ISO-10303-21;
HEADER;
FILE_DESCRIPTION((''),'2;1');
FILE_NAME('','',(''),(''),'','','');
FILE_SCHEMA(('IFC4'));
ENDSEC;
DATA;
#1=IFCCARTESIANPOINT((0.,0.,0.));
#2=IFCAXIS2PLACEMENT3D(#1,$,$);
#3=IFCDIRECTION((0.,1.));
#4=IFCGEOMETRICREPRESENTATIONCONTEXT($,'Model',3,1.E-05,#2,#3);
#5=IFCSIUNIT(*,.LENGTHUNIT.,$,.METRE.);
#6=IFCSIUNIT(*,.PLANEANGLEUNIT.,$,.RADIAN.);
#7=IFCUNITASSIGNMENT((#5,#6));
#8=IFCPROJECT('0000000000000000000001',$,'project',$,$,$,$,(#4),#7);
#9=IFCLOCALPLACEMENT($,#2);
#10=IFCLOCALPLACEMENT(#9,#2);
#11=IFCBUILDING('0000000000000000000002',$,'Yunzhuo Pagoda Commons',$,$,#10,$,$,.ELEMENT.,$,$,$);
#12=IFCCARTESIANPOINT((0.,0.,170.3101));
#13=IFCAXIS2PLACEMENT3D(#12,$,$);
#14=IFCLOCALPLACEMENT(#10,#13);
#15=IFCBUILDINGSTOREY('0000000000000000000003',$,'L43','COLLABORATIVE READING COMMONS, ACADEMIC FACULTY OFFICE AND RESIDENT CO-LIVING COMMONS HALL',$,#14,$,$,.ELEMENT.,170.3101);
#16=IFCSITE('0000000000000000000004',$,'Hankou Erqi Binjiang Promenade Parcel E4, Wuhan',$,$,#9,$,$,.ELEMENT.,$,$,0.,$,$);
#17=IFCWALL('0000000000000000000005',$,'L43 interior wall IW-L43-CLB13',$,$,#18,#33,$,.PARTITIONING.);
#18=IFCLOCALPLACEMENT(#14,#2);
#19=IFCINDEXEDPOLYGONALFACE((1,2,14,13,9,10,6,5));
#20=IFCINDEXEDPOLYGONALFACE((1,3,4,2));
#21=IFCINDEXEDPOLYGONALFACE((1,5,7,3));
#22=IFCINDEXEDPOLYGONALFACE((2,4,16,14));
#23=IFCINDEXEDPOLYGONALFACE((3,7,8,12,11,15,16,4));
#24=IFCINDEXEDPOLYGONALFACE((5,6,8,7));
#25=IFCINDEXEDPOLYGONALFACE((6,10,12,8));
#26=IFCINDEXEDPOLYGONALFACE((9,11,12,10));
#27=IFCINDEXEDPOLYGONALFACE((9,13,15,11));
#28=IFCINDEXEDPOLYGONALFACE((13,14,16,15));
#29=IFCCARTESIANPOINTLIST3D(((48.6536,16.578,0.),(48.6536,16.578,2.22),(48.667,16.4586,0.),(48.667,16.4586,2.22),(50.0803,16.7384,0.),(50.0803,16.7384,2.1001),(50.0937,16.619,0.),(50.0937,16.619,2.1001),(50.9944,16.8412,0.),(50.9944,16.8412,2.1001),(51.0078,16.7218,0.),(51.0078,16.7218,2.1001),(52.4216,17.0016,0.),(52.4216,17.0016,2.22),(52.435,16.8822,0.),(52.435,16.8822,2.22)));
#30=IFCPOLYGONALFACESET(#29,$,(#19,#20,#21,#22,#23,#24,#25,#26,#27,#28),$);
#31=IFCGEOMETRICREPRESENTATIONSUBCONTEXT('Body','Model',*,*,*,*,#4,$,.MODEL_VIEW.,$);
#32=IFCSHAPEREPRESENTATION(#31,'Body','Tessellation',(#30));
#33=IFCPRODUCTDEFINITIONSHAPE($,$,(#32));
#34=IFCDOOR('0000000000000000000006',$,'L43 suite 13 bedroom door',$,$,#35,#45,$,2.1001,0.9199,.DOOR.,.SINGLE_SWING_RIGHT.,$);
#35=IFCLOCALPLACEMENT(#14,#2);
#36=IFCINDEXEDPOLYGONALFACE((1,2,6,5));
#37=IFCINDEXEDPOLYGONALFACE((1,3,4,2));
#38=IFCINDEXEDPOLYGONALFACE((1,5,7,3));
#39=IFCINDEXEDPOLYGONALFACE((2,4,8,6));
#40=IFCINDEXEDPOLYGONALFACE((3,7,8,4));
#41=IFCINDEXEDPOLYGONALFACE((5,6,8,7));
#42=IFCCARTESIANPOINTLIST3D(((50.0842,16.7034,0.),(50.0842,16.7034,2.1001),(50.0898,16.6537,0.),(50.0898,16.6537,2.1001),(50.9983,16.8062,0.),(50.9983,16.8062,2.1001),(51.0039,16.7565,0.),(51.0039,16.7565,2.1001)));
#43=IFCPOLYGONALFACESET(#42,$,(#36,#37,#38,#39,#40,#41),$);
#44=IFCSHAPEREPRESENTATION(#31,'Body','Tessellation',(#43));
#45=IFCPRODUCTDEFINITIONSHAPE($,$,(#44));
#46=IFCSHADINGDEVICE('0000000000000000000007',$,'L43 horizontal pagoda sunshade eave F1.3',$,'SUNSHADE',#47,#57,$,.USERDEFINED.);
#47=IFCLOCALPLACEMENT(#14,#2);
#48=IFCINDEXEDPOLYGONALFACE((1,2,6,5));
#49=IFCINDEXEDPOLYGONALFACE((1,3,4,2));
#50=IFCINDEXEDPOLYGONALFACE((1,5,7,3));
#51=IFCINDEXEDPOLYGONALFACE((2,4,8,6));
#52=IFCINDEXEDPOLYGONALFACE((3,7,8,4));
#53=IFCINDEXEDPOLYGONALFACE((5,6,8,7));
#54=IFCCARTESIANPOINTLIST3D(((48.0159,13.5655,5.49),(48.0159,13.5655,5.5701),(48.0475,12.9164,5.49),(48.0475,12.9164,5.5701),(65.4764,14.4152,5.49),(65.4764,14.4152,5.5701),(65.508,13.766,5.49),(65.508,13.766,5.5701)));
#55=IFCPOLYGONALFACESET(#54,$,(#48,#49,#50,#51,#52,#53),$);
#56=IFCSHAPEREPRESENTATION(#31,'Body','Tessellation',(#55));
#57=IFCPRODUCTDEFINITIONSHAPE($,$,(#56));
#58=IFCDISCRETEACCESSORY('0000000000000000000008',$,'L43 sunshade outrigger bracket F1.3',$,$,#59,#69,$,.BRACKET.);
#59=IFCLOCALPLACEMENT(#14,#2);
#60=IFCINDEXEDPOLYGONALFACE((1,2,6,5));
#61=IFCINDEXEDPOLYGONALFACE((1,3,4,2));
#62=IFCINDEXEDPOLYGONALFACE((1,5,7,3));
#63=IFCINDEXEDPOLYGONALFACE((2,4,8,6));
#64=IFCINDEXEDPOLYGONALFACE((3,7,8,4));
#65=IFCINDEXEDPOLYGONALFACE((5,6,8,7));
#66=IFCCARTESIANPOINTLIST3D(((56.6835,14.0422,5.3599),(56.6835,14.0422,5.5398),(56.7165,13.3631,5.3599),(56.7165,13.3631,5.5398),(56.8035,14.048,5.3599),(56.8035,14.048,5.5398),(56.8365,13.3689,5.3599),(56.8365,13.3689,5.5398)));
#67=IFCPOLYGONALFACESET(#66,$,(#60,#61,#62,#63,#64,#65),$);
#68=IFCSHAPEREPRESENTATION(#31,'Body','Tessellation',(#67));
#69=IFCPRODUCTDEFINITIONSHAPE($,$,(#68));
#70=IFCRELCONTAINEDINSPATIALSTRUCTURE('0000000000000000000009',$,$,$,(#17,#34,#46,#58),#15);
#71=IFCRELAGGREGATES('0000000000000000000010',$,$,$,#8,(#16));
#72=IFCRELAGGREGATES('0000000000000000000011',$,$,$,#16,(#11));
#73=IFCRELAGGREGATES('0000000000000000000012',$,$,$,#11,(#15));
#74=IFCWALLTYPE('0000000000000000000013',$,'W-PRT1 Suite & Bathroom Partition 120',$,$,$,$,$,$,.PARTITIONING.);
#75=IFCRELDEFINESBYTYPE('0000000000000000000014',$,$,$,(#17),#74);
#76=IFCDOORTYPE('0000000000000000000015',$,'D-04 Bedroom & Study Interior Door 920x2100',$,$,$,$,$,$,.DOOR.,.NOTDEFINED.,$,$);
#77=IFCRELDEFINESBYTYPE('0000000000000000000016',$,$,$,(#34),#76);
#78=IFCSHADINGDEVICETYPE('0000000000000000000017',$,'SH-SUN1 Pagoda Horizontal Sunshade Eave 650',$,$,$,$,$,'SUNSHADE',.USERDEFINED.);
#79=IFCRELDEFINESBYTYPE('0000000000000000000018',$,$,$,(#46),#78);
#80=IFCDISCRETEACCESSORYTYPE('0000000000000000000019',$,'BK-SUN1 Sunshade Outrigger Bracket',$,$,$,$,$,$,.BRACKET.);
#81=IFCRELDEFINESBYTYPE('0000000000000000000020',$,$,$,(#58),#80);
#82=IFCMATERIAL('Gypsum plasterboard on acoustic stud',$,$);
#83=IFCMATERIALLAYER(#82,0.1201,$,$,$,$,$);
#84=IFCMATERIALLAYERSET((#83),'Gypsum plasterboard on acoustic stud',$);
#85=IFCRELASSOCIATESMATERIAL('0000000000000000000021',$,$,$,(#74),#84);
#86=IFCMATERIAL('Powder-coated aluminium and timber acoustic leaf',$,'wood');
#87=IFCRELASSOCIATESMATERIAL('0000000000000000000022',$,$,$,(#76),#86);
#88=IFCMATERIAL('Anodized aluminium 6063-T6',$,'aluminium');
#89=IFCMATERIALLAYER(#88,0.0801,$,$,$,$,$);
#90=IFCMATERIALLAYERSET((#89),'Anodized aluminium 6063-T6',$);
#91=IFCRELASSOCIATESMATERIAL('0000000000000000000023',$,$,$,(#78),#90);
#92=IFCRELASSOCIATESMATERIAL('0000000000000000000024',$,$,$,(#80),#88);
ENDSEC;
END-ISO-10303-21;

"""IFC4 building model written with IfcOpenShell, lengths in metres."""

from ifc_helpers import new_model, si_unit, direction, frame, frame_2d, origin, origin_with_axes, origin_2d, place, context, subcontext, project, spatial, rectangle, extrude, source, transform, mapped, material, layer, layer_set, type_object, element, fill, save


model = new_model("IFC4")

# Units and contexts
model_context = context("Model", 3, precision=1e-05, world=origin(), true_north=direction((0.0, 1.0)))
body_context = subcontext(model_context, "Body", "Model", "MODEL_VIEW")
ifc_project = project(units=[si_unit("LENGTHUNIT", "METRE"), si_unit("PLANEANGLEUNIT", "RADIAN")], contexts=[model_context])

# Site, building, storey
site_placement = place(None, origin())
site = spatial("IfcSite", under=ifc_project, at=site_placement, Name="Hankou Erqi Binjiang Promenade Parcel E4, Wuhan", CompositionType="ELEMENT", RefElevation=0.0)
building_placement = place(site_placement, origin())
building = spatial("IfcBuilding", under=site, at=building_placement, Name="Yunzhuo Pagoda Commons", CompositionType="ELEMENT")
storey_placement = place(building_placement, frame((0.0, 0.0, 170.3101)))
storey = spatial("IfcBuildingStorey", under=building, at=storey_placement, Name="L43", Description="COLLABORATIVE READING COMMONS, ACADEMIC FACULTY OFFICE AND RESIDENT CO-LIVING COMMONS HALL", CompositionType="ELEMENT", Elevation=170.3101)

# Shared definitions
ifc_material_1 = material(Name="Anodized aluminium 6063-T6", Category="aluminium")

# Shared definitions
ifc_material_2 = material(Name="Gypsum plasterboard on acoustic stud")
ifc_layer_1 = layer(ifc_material_2, 0.1201)
ifc_layer_set_1 = layer_set([ifc_layer_1], Name="Gypsum plasterboard on acoustic stud")
wall_type = type_object("IfcWallType", Name="W-PRT1 Suite & Bathroom Partition 120", PredefinedType="PARTITIONING", material=ifc_layer_set_1)

# Shared definitions
ifc_material_3 = material(Name="Powder-coated aluminium and timber acoustic leaf", Category="wood")

# Wall, opening, door
wall_1_placement = place(storey_placement, frame((48.6602, 16.5183, 0.0), z_axis=(0.0, 0.0, 1.0), x_axis=(0.993741, 0.111711, 0.0)))
wall_1 = element("IfcWall", 1, at=wall_1_placement, inside=storey, type_object=wall_type, Name="L43 interior wall IW-L43-CLB13", PredefinedType="PARTITIONING", context=body_context, shape_type="SweptSolid", body=[
    extrude(rectangle(XDim=3.7917, YDim=0.1201, at=frame_2d((1.896, 0.0))), origin(), (0.0, 0.0, 1.0), 2.22),
])
opening_1_placement = place(wall_1_placement, frame((1.4358, 0.0, 0.0)))
opening_1 = element("IfcOpeningElement", 2, at=opening_1_placement, cuts=wall_1, PredefinedType="OPENING", context=body_context, shape_type="SweptSolid", body=[
    extrude(rectangle(XDim=0.9199, YDim=2.1001, at=frame_2d((0.46, 1.05))), frame((0.0, 0.0701, 0.0), z_axis=(0.0, -1.0, 0.0), x_axis=(1.0, 0.0, 0.0)), (0.0, 0.0, 1.0), 0.1401),
])
door_type_1 = type_object("IfcDoorType", Name="D-04 Bedroom & Study Interior Door 920x2100", OperationType="NOTDEFINED", PredefinedType="DOOR", material=ifc_material_3)
shared_shape_1 = source(origin(), body_context, "Body", "SweptSolid", [
    extrude(rectangle(XDim=0.9199, YDim=2.1001, at=frame_2d((0.46, 1.05))), frame((0.0, 0.0249, 0.0), z_axis=(0.0, -1.0, 0.0), x_axis=(1.0, 0.0, 0.0)), (0.0, 0.0, 1.0), 0.05),
])
door_1_placement = place(opening_1_placement, origin_with_axes())
door_1 = element("IfcDoor", 3, at=door_1_placement, inside=storey, type_object=door_type_1, Name="L43 suite 13 bedroom door", OperationType="SINGLE_SWING_RIGHT", OverallHeight=2.1001, OverallWidth=0.9199, PredefinedType="DOOR", context=body_context, shape_type="MappedRepresentation", body=[
    mapped(shared_shape_1, transform((0.0, 0.0, 0.0), scale=1.0)),
])
fill(opening_1, door_1)

# Shading device
ifc_layer_2 = layer(ifc_material_1, 0.0801)
ifc_layer_set_2 = layer_set([ifc_layer_2], Name="Anodized aluminium 6063-T6")
shading_device_type = type_object("IfcShadingDeviceType", Name="SH-SUN1 Pagoda Horizontal Sunshade Eave 650", ElementType="SUNSHADE", PredefinedType="USERDEFINED", material=ifc_layer_set_2)
shared_shape_2 = source(origin(), body_context, "Body", "SweptSolid", [
    extrude(rectangle(XDim=17.4812, YDim=0.6499, at=origin_2d()), origin(), (0.0, 0.0, 1.0), 0.0801),
])
shading_device_placement = place(storey_placement, frame((56.762, 13.6658, 5.49), z_axis=(0.0, 0.0, 1.0), x_axis=(0.998818, 0.048606, 0.0)))
element("IfcShadingDevice", 4, at=shading_device_placement, inside=storey, type_object=shading_device_type, Name="L43 horizontal pagoda sunshade eave F1.3", ObjectType="SUNSHADE", PredefinedType="USERDEFINED", context=body_context, shape_type="MappedRepresentation", body=[
    mapped(shared_shape_2, transform((0.0, 0.0, 0.0), scale=1.0)),
])

# Discrete accessory
discrete_accessory_type = type_object("IfcDiscreteAccessoryType", Name="BK-SUN1 Sunshade Outrigger Bracket", PredefinedType="BRACKET", material=ifc_material_1)
shared_shape_3 = source(origin(), body_context, "Body", "SweptSolid", [
    extrude(rectangle(XDim=0.1201, YDim=0.6799, at=origin_2d()), origin(), (0.0, 0.0, 1.0), 0.1799),
])
discrete_accessory_placement = place(storey_placement, frame((56.76, 13.7056, 5.3599), z_axis=(0.0, 0.0, 1.0), x_axis=(0.998818, 0.048606, 0.0)))
element("IfcDiscreteAccessory", 5, at=discrete_accessory_placement, inside=storey, type_object=discrete_accessory_type, Name="L43 sunshade outrigger bracket F1.3", PredefinedType="BRACKET", context=body_context, shape_type="MappedRepresentation", body=[
    mapped(shared_shape_3, transform((0.0, 0.0, 0.0), scale=1.0)),
])

save(model, "model.ifc")
